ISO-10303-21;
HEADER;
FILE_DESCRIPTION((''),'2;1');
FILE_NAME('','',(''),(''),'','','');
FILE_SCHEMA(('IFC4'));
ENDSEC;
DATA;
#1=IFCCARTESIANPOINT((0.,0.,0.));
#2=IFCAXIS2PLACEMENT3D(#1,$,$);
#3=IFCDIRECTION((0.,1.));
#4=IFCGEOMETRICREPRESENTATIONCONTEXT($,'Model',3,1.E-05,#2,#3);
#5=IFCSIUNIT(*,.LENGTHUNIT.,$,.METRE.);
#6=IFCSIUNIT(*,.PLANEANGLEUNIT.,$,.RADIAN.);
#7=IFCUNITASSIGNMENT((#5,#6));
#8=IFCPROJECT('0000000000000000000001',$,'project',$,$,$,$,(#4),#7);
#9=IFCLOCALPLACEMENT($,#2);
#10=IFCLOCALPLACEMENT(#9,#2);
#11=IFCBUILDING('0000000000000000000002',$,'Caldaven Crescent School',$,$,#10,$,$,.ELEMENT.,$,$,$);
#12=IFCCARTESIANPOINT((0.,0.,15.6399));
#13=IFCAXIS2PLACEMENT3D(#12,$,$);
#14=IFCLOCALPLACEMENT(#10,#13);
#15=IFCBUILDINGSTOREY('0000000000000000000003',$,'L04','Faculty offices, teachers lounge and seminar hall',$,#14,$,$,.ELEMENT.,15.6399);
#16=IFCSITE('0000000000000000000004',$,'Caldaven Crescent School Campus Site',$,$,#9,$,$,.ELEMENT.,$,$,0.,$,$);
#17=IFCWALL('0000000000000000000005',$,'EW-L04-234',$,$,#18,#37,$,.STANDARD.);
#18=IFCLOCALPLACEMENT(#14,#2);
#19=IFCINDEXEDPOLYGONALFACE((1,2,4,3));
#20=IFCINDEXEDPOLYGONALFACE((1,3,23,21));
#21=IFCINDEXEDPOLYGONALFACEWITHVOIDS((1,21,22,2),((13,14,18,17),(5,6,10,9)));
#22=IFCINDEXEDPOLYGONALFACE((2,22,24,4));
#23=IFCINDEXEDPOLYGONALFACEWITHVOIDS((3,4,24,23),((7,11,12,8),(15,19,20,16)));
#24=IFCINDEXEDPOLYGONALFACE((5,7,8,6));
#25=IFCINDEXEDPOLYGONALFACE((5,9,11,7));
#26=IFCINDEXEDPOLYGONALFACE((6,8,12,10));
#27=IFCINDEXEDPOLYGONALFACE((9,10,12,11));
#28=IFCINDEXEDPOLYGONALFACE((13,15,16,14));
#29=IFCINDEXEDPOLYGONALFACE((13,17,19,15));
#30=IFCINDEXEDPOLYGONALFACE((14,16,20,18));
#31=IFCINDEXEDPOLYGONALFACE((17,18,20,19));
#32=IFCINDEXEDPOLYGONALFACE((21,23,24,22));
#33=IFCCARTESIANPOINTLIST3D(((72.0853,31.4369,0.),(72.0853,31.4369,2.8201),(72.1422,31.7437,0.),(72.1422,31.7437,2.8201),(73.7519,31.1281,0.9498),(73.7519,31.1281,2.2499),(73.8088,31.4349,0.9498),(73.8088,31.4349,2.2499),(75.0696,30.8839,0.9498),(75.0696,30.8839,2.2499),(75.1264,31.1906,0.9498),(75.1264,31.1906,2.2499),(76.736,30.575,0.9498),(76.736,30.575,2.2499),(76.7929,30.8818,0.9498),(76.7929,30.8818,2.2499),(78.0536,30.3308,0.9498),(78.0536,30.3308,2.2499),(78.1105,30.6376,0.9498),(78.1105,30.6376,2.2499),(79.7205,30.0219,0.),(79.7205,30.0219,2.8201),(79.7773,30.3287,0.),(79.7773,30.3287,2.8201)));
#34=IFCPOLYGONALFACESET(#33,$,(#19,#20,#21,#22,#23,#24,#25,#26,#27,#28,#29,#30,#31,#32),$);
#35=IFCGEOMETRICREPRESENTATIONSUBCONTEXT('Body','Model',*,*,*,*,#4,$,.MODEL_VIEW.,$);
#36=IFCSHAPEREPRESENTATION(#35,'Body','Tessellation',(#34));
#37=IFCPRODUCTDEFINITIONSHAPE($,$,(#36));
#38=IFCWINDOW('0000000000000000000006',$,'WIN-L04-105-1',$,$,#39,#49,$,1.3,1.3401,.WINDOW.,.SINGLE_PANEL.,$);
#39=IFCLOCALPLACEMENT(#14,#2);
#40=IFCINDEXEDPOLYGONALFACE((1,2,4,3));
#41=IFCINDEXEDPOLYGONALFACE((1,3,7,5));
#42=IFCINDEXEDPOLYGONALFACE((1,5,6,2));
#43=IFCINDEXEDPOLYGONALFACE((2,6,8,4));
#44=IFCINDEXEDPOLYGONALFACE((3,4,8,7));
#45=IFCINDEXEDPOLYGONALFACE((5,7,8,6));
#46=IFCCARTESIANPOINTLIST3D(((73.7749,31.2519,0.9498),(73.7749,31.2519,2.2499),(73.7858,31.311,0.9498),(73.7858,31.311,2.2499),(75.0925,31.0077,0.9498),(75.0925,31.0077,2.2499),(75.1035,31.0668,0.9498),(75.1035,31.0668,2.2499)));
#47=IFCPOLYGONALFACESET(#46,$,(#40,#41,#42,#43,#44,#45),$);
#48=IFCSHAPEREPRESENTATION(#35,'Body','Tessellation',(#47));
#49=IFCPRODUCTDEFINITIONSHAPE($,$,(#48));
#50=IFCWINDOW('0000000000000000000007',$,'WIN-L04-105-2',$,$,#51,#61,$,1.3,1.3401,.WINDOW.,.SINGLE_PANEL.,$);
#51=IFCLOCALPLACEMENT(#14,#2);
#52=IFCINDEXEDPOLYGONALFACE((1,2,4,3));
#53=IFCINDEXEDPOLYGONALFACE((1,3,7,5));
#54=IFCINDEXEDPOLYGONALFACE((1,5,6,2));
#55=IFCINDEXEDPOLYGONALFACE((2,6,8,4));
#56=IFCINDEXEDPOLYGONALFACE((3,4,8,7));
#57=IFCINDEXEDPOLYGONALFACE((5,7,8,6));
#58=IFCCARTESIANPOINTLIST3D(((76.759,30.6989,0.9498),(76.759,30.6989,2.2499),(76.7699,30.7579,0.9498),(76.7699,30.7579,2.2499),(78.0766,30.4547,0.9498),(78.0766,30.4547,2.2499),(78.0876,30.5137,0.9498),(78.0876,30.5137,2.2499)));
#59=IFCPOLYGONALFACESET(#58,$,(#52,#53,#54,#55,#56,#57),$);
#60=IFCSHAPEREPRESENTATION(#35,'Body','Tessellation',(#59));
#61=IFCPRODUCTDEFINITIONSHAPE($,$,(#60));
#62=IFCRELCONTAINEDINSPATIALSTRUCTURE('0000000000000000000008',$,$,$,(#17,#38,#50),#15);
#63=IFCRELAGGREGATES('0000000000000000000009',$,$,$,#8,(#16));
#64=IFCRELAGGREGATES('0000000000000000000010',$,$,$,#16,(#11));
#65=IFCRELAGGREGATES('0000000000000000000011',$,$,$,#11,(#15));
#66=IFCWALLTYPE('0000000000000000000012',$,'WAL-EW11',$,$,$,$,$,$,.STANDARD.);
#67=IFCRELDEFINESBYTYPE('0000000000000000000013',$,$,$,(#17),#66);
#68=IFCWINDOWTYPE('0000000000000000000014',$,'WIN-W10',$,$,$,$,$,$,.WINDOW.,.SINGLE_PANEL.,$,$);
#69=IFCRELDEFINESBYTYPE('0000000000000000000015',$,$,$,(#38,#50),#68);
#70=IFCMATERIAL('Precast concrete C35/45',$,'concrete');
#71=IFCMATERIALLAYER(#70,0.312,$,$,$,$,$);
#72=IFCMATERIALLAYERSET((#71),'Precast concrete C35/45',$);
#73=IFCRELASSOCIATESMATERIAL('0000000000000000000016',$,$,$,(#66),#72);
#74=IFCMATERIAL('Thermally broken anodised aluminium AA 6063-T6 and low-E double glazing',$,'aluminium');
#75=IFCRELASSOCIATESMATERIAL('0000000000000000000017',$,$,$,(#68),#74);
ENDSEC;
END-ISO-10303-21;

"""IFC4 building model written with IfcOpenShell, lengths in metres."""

from ifc_helpers import new_model, si_unit, direction, frame, frame_2d, origin, place, context, subcontext, project, spatial, rectangle, extrude, material, layer, layer_set, type_object, element, fill, save


model = new_model("IFC4")

# Units and contexts
model_context = context("Model", 3, precision=1e-05, world=origin(), true_north=direction((0.0, 1.0)))
body_context = subcontext(model_context, "Body", "Model", "MODEL_VIEW")
ifc_project = project(units=[si_unit("LENGTHUNIT", "METRE"), si_unit("PLANEANGLEUNIT", "RADIAN")], contexts=[model_context])

# Site, building, storey
site_placement = place(None, origin())
site = spatial("IfcSite", under=ifc_project, at=site_placement, Name="Caldaven Crescent School Campus Site", CompositionType="ELEMENT", RefElevation=0.0)
building_placement = place(site_placement, origin())
building = spatial("IfcBuilding", under=site, at=building_placement, Name="Caldaven Crescent School", CompositionType="ELEMENT")
storey_placement = place(building_placement, frame((0.0, 0.0, 15.6399)))
storey = spatial("IfcBuildingStorey", under=building, at=storey_placement, Name="L04", Description="Faculty offices, teachers lounge and seminar hall", CompositionType="ELEMENT", Elevation=15.6399)

# Wall, openings, windows
ifc_material_1 = material(Name="Precast concrete C35/45", Category="concrete")
ifc_material_2 = material(Name="Thermally broken anodised aluminium AA 6063-T6 and low-E double glazing", Category="aluminium")
ifc_layer_1 = layer(ifc_material_1, 0.312)
ifc_layer_set_1 = layer_set([ifc_layer_1], Name="Precast concrete C35/45")
wall_type_1 = type_object("IfcWallType", Name="WAL-EW11", PredefinedType="STANDARD", material=ifc_layer_set_1)
wall_1_placement = place(storey_placement, frame((72.1138, 31.5903, 0.0), z_axis=(0.0, 0.0, 1.0), x_axis=(0.983256, -0.182232, 0.0)))
wall_1 = element("IfcWall", 1, at=wall_1_placement, inside=storey, type_object=wall_type_1, Name="EW-L04-234", PredefinedType="STANDARD", context=body_context, shape_type="SweptSolid", body=[
    extrude(rectangle(XDim=7.7651, YDim=0.312, at=frame_2d((3.8826, 0.0))), origin(), (0.0, 0.0, 1.0), 2.8201),
])
opening_1_placement = place(wall_1_placement, frame((1.6951, 0.0, 0.95)))
opening_1 = element("IfcOpeningElement", 2, at=opening_1_placement, cuts=wall_1, PredefinedType="OPENING", context=body_context, shape_type="SweptSolid", body=[
    extrude(rectangle(XDim=1.3401, YDim=1.3, at=frame_2d((0.6699, 0.6499))), frame((0.0, 0.166, 0.0), z_axis=(0.0, -1.0, 0.0), x_axis=(1.0, 0.0, 0.0)), (0.0, 0.0, 1.0), 0.332),
])
opening_2_placement = place(wall_1_placement, frame((4.73, 0.0, 0.95)))
opening_2 = element("IfcOpeningElement", 3, at=opening_2_placement, cuts=wall_1, PredefinedType="OPENING", context=body_context, shape_type="SweptSolid", body=[
    extrude(rectangle(XDim=1.3401, YDim=1.3, at=frame_2d((0.6699, 0.6499))), frame((0.0, 0.166, 0.0), z_axis=(0.0, -1.0, 0.0), x_axis=(1.0, 0.0, 0.0)), (0.0, 0.0, 1.0), 0.332),
])
window_type_1 = type_object("IfcWindowType", Name="WIN-W10", PartitioningType="SINGLE_PANEL", PredefinedType="WINDOW", material=ifc_material_2)
window_1_placement = place(opening_1_placement, origin())
window_1 = element("IfcWindow", 4, at=window_1_placement, inside=storey, type_object=window_type_1, Name="WIN-L04-105-1", OverallHeight=1.3, OverallWidth=1.3401, PartitioningType="SINGLE_PANEL", PredefinedType="WINDOW", context=body_context, shape_type="SweptSolid", body=[
    extrude(rectangle(XDim=1.3401, YDim=1.3, at=frame_2d((0.6699, 0.6499))), frame((0.0, 0.03, 0.0), z_axis=(0.0, -1.0, 0.0), x_axis=(1.0, 0.0, 0.0)), (0.0, 0.0, 1.0), 0.0601),
])
fill(opening_1, window_1)
window_2_placement = place(opening_2_placement, origin())
window_2 = element("IfcWindow", 5, at=window_2_placement, inside=storey, type_object=window_type_1, Name="WIN-L04-105-2", OverallHeight=1.3, OverallWidth=1.3401, PartitioningType="SINGLE_PANEL", PredefinedType="WINDOW", context=body_context, shape_type="SweptSolid", body=[
    extrude(rectangle(XDim=1.3401, YDim=1.3, at=frame_2d((0.6699, 0.6499))), frame((0.0, 0.03, 0.0), z_axis=(0.0, -1.0, 0.0), x_axis=(1.0, 0.0, 0.0)), (0.0, 0.0, 1.0), 0.0601),
])
fill(opening_2, window_2)

save(model, "model.ifc")
